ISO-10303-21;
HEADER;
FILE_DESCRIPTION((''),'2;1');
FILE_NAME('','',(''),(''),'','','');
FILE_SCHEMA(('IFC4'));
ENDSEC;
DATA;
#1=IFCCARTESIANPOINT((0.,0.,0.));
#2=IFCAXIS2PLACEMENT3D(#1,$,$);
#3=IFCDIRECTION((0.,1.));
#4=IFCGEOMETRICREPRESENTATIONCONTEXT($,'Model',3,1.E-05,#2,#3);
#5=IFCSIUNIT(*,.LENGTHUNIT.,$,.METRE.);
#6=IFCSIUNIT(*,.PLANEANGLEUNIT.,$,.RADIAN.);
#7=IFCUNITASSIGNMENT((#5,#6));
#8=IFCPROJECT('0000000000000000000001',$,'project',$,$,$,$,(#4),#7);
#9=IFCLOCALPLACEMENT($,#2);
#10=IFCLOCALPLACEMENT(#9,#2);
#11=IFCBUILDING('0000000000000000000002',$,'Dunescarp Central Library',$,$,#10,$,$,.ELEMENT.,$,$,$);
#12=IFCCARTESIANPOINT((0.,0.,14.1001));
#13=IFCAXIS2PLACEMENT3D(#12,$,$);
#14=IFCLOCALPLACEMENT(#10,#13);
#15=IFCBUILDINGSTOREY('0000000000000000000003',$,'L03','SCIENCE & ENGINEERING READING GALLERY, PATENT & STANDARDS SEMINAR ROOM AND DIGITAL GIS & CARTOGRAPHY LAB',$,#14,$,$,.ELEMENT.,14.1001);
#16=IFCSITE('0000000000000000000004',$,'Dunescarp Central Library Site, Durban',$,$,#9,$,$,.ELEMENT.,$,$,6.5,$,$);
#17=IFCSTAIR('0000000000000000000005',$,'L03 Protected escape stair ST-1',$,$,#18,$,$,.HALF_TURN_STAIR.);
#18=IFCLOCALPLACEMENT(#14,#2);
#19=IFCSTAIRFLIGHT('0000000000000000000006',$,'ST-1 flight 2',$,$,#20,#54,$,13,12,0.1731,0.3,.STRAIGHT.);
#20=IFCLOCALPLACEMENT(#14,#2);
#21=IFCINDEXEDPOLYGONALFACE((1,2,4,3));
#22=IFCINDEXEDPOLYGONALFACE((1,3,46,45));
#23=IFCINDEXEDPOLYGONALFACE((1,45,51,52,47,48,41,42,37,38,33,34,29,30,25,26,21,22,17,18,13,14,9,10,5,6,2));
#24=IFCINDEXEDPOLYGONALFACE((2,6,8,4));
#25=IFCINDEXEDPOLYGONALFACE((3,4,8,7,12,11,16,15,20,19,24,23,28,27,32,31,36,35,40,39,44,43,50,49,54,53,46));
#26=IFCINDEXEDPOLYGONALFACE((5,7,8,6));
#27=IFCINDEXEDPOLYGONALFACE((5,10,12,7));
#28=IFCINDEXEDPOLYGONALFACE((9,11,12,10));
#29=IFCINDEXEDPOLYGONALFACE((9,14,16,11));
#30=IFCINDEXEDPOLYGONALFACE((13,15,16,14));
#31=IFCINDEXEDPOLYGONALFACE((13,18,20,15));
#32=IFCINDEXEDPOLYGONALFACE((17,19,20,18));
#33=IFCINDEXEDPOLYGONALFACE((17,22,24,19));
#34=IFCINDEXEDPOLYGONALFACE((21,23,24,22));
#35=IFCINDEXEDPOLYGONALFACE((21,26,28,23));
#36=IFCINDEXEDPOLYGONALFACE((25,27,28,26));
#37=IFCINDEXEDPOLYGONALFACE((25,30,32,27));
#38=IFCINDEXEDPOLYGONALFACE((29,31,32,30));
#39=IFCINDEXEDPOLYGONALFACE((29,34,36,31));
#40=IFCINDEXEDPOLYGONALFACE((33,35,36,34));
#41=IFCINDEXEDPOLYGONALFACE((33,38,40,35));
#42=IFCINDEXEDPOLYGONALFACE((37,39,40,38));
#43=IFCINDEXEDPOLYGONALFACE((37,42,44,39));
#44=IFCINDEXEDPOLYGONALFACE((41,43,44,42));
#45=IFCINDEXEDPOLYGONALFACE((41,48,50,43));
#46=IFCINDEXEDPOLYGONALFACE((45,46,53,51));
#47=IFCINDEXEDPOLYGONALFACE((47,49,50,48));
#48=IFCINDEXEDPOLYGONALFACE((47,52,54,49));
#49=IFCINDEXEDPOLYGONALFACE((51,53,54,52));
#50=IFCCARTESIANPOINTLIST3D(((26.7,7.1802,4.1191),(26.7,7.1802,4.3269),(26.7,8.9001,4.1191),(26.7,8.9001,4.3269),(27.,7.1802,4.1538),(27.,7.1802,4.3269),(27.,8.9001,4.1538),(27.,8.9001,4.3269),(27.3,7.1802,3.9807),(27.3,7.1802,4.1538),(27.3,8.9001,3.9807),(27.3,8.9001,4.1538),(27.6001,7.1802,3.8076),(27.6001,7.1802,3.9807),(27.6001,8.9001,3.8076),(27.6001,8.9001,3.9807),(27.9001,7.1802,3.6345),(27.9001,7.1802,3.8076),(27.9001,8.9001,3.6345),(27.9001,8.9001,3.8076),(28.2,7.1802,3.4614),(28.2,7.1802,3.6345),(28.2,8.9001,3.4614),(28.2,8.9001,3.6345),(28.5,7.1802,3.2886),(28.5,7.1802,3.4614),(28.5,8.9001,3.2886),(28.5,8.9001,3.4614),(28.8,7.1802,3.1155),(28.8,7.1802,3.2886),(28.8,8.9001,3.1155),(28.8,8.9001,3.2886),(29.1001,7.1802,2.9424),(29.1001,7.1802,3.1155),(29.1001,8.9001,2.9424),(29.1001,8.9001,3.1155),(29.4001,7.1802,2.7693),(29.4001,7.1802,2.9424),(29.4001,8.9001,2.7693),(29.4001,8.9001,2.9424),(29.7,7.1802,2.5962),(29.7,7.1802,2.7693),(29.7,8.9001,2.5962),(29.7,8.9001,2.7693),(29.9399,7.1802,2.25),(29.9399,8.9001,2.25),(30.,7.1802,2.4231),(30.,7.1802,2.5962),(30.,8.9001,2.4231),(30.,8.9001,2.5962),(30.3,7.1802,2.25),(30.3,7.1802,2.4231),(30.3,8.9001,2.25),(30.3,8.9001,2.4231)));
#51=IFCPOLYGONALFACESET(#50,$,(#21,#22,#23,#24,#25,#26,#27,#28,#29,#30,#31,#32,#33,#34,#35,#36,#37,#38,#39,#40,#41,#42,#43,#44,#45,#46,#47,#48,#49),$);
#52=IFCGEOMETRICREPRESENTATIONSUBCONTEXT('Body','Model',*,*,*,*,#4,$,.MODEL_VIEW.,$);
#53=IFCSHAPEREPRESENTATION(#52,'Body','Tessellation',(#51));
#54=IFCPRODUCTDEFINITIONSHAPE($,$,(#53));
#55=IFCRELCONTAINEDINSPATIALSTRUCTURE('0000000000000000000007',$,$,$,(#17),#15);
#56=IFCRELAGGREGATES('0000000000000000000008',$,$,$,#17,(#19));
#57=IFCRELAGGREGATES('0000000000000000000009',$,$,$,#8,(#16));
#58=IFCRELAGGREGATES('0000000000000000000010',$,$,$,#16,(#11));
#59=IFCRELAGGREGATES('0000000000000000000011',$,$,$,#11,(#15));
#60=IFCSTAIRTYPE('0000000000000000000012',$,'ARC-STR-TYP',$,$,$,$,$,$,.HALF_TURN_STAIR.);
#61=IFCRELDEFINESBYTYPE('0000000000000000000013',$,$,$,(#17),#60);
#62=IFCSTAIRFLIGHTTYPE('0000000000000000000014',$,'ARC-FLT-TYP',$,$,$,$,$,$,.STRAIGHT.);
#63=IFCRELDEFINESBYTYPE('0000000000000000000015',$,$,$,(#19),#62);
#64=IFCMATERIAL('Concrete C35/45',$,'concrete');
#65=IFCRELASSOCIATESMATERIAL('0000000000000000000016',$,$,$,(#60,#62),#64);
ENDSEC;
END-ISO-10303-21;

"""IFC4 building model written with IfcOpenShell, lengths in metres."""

from ifc_helpers import new_model, si_unit, direction, frame, origin, place, context, subcontext, project, spatial, polyline, outline, extrude, material, type_object, element, aggregate, save


model = new_model("IFC4")

# Units and contexts
model_context = context("Model", 3, precision=1e-05, world=origin(), true_north=direction((0.0, 1.0)))
body_context = subcontext(model_context, "Body", "Model", "MODEL_VIEW")
ifc_project = project(units=[si_unit("LENGTHUNIT", "METRE"), si_unit("PLANEANGLEUNIT", "RADIAN")], contexts=[model_context])

# Site, building, storey
site_placement = place(None, origin())
site = spatial("IfcSite", under=ifc_project, at=site_placement, Name="Dunescarp Central Library Site, Durban", CompositionType="ELEMENT", RefElevation=6.5)
building_placement = place(site_placement, origin())
building = spatial("IfcBuilding", under=site, at=building_placement, Name="Dunescarp Central Library", CompositionType="ELEMENT")
storey_placement = place(building_placement, frame((0.0, 0.0, 14.1001)))
storey = spatial("IfcBuildingStorey", under=building, at=storey_placement, Name="L03", Description="SCIENCE & ENGINEERING READING GALLERY, PATENT & STANDARDS SEMINAR ROOM AND DIGITAL GIS & CARTOGRAPHY LAB", CompositionType="ELEMENT", Elevation=14.1001)

# Shared definitions
ifc_material_1 = material(Name="Concrete C35/45", Category="concrete")

# Stair, stair flight
stair_type = type_object("IfcStairType", Name="ARC-STR-TYP", PredefinedType="HALF_TURN_STAIR", material=ifc_material_1)
stair_placement = place(storey_placement, origin())
stair = element("IfcStair", 1, at=stair_placement, inside=storey, type_object=stair_type, Name="L03 Protected escape stair ST-1", PredefinedType="HALF_TURN_STAIR")
stair_flight_type = type_object("IfcStairFlightType", Name="ARC-FLT-TYP", PredefinedType="STRAIGHT", material=ifc_material_1)
stair_flight_placement = place(storey_placement, frame((30.3, 8.04, 2.25), z_axis=(0.0, 0.0, 1.0), x_axis=(-1.0, 0.0, 0.0)))
stair_flight = element("IfcStairFlight", 2, at=stair_flight_placement, type_object=stair_flight_type, Name="ST-1 flight 2", NumberOfRisers=13, NumberOfTreads=12, PredefinedType="STRAIGHT", RiserHeight=0.1731, TreadLength=0.3, context=body_context, shape_type="SweptSolid", body=[
    extrude(outline(polyline([(0.0, 0.0), (0.0, 0.1731), (0.3, 0.1731), (0.3, 0.3462), (0.6001, 0.3462), (0.6001, 0.5193), (0.8999, 0.5193), (0.8999, 0.6924), (1.2, 0.6924), (1.2, 0.8655), (1.5, 0.8655), (1.5, 1.0386), (1.8, 1.0386), (1.8, 1.2114), (2.1001, 1.2114), (2.1001, 1.3845), (2.3999, 1.3845), (2.3999, 1.5576), (2.7, 1.5576), (2.7, 1.7307), (3.0, 1.7307), (3.0, 1.9038), (3.3, 1.9038), (3.3, 2.0769), (3.6001, 2.0769), (3.6001, 2.25), (3.6001, 1.8691), (0.3601, 0.0), (0.0, 0.0)])), frame((0.0, 0.8599, 0.0), z_axis=(0.0, -1.0, 0.0), x_axis=(1.0, 0.0, 0.0)), (0.0, 0.0, 1.0), 1.72),
])
aggregate(stair, [stair_flight])

save(model, "model.ifc")
